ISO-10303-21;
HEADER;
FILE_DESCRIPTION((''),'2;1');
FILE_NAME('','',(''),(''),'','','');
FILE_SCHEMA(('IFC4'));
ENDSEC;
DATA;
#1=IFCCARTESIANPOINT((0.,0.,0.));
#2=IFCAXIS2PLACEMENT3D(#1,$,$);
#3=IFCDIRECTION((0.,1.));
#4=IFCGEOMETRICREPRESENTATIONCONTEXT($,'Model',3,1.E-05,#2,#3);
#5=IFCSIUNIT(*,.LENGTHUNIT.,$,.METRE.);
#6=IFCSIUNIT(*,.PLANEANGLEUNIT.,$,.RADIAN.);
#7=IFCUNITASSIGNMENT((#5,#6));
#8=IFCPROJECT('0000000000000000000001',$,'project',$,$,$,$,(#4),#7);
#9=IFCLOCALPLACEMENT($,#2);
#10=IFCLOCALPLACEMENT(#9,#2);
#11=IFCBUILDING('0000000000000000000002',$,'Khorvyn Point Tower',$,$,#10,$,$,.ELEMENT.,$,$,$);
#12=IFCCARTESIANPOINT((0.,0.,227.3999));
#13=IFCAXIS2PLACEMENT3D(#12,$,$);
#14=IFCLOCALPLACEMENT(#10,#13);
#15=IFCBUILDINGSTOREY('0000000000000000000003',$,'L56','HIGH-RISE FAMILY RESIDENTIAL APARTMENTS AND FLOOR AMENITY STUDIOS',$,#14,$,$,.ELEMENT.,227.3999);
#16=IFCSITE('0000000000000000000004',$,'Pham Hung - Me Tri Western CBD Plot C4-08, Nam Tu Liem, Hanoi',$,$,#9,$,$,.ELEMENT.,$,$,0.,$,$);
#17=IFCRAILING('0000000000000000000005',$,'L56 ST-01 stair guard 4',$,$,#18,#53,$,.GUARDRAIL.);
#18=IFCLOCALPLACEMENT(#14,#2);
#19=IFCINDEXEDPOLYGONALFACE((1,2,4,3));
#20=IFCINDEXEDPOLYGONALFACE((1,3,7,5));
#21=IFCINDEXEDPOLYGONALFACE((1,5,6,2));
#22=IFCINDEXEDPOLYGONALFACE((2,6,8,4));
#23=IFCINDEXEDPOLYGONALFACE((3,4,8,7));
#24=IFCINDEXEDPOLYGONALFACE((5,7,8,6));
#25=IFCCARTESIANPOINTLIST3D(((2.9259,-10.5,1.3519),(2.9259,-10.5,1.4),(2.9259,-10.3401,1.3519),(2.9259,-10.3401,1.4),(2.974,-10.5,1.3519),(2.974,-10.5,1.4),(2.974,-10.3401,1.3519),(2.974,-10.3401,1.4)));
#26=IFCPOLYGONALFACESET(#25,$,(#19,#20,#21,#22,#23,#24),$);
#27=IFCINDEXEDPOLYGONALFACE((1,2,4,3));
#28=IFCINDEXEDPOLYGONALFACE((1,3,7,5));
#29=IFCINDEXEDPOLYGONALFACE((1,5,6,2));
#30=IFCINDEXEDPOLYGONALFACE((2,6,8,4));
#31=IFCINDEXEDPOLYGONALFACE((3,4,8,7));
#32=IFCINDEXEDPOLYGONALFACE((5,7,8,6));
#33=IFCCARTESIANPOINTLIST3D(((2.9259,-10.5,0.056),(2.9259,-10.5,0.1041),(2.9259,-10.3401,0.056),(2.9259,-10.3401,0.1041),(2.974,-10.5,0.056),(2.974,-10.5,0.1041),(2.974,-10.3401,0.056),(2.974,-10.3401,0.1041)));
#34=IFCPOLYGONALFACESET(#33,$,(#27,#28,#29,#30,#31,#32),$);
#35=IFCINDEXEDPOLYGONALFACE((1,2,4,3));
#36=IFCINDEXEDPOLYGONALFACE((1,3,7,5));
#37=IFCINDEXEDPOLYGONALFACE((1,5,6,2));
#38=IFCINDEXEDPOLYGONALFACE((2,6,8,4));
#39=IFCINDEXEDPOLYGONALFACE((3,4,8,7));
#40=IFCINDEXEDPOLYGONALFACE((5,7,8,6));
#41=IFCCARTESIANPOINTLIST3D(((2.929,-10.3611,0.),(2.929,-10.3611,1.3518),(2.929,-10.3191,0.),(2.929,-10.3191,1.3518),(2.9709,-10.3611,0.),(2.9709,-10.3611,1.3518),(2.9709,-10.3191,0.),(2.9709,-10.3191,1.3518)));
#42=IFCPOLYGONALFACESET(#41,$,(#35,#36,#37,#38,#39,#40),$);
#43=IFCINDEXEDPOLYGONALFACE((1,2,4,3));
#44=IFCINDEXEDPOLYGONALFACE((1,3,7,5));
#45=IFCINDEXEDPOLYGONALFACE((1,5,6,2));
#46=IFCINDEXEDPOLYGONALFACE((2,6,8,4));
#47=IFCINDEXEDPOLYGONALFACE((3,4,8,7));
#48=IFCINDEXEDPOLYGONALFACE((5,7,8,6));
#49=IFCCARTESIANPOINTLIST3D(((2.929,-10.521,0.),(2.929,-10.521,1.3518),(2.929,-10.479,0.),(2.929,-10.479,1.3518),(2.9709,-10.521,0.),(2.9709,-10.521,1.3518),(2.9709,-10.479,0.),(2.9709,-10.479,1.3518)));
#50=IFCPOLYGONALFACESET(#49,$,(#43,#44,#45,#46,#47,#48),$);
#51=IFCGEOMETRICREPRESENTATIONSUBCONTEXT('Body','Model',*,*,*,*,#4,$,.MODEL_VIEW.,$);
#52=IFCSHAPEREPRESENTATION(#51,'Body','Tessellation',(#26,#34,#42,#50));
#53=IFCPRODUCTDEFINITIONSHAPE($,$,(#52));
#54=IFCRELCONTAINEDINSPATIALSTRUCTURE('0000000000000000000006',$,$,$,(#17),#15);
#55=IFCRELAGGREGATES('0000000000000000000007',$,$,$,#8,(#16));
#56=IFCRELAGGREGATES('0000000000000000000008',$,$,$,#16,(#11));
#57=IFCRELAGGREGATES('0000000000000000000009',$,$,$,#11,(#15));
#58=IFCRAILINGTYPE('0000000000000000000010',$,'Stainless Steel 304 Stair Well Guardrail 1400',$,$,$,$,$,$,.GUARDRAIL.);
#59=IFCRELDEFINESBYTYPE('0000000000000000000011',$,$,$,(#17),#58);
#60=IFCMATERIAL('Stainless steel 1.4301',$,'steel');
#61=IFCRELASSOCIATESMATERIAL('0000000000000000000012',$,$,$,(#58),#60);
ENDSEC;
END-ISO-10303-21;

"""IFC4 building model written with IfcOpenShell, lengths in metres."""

from ifc_helpers import new_model, si_unit, direction, frame, origin, origin_2d, place, context, subcontext, project, spatial, rectangle, extrude, material, type_object, element, save


model = new_model("IFC4")

# Units and contexts
model_context = context("Model", 3, precision=1e-05, world=origin(), true_north=direction((0.0, 1.0)))
body_context = subcontext(model_context, "Body", "Model", "MODEL_VIEW")
ifc_project = project(units=[si_unit("LENGTHUNIT", "METRE"), si_unit("PLANEANGLEUNIT", "RADIAN")], contexts=[model_context])

# Site, building, storey
site_placement = place(None, origin())
site = spatial("IfcSite", under=ifc_project, at=site_placement, Name="Pham Hung - Me Tri Western CBD Plot C4-08, Nam Tu Liem, Hanoi", CompositionType="ELEMENT", RefElevation=0.0)
building_placement = place(site_placement, origin())
building = spatial("IfcBuilding", under=site, at=building_placement, Name="Khorvyn Point Tower", CompositionType="ELEMENT")
storey_placement = place(building_placement, frame((0.0, 0.0, 227.3999)))
storey = spatial("IfcBuildingStorey", under=building, at=storey_placement, Name="L56", Description="HIGH-RISE FAMILY RESIDENTIAL APARTMENTS AND FLOOR AMENITY STUDIOS", CompositionType="ELEMENT", Elevation=227.3999)

# Railing
ifc_material_1 = material(Name="Stainless steel 1.4301", Category="steel")
railing_type = type_object("IfcRailingType", Name="Stainless Steel 304 Stair Well Guardrail 1400", PredefinedType="GUARDRAIL", material=ifc_material_1)
railing_placement = place(storey_placement, frame((2.95, -10.3401, 0.0)))
element("IfcRailing", 1, at=railing_placement, inside=storey, type_object=railing_type, Name="L56 ST-01 stair guard 4", PredefinedType="GUARDRAIL", context=body_context, shape_type="SweptSolid", body=[
    extrude(rectangle(XDim=0.0481, YDim=0.0481, at=origin_2d()), frame((0.0, 0.0, 1.376), z_axis=(0.0, -1.0, 0.0), x_axis=(1.0, 0.0, 0.0)), (0.0, 0.0, 1.0), 0.1599),
    extrude(rectangle(XDim=0.0481, YDim=0.0481, at=origin_2d()), frame((0.0, 0.0, 0.0801), z_axis=(0.0, -1.0, 0.0), x_axis=(1.0, 0.0, 0.0)), (0.0, 0.0, 1.0), 0.1599),
    extrude(rectangle(XDim=0.042, YDim=0.042, at=origin_2d()), origin(), (0.0, 0.0, 1.0), 1.3518),
    extrude(rectangle(XDim=0.042, YDim=0.042, at=origin_2d()), frame((0.0, -0.1599, 0.0)), (0.0, 0.0, 1.0), 1.3518),
])

save(model, "model.ifc")
